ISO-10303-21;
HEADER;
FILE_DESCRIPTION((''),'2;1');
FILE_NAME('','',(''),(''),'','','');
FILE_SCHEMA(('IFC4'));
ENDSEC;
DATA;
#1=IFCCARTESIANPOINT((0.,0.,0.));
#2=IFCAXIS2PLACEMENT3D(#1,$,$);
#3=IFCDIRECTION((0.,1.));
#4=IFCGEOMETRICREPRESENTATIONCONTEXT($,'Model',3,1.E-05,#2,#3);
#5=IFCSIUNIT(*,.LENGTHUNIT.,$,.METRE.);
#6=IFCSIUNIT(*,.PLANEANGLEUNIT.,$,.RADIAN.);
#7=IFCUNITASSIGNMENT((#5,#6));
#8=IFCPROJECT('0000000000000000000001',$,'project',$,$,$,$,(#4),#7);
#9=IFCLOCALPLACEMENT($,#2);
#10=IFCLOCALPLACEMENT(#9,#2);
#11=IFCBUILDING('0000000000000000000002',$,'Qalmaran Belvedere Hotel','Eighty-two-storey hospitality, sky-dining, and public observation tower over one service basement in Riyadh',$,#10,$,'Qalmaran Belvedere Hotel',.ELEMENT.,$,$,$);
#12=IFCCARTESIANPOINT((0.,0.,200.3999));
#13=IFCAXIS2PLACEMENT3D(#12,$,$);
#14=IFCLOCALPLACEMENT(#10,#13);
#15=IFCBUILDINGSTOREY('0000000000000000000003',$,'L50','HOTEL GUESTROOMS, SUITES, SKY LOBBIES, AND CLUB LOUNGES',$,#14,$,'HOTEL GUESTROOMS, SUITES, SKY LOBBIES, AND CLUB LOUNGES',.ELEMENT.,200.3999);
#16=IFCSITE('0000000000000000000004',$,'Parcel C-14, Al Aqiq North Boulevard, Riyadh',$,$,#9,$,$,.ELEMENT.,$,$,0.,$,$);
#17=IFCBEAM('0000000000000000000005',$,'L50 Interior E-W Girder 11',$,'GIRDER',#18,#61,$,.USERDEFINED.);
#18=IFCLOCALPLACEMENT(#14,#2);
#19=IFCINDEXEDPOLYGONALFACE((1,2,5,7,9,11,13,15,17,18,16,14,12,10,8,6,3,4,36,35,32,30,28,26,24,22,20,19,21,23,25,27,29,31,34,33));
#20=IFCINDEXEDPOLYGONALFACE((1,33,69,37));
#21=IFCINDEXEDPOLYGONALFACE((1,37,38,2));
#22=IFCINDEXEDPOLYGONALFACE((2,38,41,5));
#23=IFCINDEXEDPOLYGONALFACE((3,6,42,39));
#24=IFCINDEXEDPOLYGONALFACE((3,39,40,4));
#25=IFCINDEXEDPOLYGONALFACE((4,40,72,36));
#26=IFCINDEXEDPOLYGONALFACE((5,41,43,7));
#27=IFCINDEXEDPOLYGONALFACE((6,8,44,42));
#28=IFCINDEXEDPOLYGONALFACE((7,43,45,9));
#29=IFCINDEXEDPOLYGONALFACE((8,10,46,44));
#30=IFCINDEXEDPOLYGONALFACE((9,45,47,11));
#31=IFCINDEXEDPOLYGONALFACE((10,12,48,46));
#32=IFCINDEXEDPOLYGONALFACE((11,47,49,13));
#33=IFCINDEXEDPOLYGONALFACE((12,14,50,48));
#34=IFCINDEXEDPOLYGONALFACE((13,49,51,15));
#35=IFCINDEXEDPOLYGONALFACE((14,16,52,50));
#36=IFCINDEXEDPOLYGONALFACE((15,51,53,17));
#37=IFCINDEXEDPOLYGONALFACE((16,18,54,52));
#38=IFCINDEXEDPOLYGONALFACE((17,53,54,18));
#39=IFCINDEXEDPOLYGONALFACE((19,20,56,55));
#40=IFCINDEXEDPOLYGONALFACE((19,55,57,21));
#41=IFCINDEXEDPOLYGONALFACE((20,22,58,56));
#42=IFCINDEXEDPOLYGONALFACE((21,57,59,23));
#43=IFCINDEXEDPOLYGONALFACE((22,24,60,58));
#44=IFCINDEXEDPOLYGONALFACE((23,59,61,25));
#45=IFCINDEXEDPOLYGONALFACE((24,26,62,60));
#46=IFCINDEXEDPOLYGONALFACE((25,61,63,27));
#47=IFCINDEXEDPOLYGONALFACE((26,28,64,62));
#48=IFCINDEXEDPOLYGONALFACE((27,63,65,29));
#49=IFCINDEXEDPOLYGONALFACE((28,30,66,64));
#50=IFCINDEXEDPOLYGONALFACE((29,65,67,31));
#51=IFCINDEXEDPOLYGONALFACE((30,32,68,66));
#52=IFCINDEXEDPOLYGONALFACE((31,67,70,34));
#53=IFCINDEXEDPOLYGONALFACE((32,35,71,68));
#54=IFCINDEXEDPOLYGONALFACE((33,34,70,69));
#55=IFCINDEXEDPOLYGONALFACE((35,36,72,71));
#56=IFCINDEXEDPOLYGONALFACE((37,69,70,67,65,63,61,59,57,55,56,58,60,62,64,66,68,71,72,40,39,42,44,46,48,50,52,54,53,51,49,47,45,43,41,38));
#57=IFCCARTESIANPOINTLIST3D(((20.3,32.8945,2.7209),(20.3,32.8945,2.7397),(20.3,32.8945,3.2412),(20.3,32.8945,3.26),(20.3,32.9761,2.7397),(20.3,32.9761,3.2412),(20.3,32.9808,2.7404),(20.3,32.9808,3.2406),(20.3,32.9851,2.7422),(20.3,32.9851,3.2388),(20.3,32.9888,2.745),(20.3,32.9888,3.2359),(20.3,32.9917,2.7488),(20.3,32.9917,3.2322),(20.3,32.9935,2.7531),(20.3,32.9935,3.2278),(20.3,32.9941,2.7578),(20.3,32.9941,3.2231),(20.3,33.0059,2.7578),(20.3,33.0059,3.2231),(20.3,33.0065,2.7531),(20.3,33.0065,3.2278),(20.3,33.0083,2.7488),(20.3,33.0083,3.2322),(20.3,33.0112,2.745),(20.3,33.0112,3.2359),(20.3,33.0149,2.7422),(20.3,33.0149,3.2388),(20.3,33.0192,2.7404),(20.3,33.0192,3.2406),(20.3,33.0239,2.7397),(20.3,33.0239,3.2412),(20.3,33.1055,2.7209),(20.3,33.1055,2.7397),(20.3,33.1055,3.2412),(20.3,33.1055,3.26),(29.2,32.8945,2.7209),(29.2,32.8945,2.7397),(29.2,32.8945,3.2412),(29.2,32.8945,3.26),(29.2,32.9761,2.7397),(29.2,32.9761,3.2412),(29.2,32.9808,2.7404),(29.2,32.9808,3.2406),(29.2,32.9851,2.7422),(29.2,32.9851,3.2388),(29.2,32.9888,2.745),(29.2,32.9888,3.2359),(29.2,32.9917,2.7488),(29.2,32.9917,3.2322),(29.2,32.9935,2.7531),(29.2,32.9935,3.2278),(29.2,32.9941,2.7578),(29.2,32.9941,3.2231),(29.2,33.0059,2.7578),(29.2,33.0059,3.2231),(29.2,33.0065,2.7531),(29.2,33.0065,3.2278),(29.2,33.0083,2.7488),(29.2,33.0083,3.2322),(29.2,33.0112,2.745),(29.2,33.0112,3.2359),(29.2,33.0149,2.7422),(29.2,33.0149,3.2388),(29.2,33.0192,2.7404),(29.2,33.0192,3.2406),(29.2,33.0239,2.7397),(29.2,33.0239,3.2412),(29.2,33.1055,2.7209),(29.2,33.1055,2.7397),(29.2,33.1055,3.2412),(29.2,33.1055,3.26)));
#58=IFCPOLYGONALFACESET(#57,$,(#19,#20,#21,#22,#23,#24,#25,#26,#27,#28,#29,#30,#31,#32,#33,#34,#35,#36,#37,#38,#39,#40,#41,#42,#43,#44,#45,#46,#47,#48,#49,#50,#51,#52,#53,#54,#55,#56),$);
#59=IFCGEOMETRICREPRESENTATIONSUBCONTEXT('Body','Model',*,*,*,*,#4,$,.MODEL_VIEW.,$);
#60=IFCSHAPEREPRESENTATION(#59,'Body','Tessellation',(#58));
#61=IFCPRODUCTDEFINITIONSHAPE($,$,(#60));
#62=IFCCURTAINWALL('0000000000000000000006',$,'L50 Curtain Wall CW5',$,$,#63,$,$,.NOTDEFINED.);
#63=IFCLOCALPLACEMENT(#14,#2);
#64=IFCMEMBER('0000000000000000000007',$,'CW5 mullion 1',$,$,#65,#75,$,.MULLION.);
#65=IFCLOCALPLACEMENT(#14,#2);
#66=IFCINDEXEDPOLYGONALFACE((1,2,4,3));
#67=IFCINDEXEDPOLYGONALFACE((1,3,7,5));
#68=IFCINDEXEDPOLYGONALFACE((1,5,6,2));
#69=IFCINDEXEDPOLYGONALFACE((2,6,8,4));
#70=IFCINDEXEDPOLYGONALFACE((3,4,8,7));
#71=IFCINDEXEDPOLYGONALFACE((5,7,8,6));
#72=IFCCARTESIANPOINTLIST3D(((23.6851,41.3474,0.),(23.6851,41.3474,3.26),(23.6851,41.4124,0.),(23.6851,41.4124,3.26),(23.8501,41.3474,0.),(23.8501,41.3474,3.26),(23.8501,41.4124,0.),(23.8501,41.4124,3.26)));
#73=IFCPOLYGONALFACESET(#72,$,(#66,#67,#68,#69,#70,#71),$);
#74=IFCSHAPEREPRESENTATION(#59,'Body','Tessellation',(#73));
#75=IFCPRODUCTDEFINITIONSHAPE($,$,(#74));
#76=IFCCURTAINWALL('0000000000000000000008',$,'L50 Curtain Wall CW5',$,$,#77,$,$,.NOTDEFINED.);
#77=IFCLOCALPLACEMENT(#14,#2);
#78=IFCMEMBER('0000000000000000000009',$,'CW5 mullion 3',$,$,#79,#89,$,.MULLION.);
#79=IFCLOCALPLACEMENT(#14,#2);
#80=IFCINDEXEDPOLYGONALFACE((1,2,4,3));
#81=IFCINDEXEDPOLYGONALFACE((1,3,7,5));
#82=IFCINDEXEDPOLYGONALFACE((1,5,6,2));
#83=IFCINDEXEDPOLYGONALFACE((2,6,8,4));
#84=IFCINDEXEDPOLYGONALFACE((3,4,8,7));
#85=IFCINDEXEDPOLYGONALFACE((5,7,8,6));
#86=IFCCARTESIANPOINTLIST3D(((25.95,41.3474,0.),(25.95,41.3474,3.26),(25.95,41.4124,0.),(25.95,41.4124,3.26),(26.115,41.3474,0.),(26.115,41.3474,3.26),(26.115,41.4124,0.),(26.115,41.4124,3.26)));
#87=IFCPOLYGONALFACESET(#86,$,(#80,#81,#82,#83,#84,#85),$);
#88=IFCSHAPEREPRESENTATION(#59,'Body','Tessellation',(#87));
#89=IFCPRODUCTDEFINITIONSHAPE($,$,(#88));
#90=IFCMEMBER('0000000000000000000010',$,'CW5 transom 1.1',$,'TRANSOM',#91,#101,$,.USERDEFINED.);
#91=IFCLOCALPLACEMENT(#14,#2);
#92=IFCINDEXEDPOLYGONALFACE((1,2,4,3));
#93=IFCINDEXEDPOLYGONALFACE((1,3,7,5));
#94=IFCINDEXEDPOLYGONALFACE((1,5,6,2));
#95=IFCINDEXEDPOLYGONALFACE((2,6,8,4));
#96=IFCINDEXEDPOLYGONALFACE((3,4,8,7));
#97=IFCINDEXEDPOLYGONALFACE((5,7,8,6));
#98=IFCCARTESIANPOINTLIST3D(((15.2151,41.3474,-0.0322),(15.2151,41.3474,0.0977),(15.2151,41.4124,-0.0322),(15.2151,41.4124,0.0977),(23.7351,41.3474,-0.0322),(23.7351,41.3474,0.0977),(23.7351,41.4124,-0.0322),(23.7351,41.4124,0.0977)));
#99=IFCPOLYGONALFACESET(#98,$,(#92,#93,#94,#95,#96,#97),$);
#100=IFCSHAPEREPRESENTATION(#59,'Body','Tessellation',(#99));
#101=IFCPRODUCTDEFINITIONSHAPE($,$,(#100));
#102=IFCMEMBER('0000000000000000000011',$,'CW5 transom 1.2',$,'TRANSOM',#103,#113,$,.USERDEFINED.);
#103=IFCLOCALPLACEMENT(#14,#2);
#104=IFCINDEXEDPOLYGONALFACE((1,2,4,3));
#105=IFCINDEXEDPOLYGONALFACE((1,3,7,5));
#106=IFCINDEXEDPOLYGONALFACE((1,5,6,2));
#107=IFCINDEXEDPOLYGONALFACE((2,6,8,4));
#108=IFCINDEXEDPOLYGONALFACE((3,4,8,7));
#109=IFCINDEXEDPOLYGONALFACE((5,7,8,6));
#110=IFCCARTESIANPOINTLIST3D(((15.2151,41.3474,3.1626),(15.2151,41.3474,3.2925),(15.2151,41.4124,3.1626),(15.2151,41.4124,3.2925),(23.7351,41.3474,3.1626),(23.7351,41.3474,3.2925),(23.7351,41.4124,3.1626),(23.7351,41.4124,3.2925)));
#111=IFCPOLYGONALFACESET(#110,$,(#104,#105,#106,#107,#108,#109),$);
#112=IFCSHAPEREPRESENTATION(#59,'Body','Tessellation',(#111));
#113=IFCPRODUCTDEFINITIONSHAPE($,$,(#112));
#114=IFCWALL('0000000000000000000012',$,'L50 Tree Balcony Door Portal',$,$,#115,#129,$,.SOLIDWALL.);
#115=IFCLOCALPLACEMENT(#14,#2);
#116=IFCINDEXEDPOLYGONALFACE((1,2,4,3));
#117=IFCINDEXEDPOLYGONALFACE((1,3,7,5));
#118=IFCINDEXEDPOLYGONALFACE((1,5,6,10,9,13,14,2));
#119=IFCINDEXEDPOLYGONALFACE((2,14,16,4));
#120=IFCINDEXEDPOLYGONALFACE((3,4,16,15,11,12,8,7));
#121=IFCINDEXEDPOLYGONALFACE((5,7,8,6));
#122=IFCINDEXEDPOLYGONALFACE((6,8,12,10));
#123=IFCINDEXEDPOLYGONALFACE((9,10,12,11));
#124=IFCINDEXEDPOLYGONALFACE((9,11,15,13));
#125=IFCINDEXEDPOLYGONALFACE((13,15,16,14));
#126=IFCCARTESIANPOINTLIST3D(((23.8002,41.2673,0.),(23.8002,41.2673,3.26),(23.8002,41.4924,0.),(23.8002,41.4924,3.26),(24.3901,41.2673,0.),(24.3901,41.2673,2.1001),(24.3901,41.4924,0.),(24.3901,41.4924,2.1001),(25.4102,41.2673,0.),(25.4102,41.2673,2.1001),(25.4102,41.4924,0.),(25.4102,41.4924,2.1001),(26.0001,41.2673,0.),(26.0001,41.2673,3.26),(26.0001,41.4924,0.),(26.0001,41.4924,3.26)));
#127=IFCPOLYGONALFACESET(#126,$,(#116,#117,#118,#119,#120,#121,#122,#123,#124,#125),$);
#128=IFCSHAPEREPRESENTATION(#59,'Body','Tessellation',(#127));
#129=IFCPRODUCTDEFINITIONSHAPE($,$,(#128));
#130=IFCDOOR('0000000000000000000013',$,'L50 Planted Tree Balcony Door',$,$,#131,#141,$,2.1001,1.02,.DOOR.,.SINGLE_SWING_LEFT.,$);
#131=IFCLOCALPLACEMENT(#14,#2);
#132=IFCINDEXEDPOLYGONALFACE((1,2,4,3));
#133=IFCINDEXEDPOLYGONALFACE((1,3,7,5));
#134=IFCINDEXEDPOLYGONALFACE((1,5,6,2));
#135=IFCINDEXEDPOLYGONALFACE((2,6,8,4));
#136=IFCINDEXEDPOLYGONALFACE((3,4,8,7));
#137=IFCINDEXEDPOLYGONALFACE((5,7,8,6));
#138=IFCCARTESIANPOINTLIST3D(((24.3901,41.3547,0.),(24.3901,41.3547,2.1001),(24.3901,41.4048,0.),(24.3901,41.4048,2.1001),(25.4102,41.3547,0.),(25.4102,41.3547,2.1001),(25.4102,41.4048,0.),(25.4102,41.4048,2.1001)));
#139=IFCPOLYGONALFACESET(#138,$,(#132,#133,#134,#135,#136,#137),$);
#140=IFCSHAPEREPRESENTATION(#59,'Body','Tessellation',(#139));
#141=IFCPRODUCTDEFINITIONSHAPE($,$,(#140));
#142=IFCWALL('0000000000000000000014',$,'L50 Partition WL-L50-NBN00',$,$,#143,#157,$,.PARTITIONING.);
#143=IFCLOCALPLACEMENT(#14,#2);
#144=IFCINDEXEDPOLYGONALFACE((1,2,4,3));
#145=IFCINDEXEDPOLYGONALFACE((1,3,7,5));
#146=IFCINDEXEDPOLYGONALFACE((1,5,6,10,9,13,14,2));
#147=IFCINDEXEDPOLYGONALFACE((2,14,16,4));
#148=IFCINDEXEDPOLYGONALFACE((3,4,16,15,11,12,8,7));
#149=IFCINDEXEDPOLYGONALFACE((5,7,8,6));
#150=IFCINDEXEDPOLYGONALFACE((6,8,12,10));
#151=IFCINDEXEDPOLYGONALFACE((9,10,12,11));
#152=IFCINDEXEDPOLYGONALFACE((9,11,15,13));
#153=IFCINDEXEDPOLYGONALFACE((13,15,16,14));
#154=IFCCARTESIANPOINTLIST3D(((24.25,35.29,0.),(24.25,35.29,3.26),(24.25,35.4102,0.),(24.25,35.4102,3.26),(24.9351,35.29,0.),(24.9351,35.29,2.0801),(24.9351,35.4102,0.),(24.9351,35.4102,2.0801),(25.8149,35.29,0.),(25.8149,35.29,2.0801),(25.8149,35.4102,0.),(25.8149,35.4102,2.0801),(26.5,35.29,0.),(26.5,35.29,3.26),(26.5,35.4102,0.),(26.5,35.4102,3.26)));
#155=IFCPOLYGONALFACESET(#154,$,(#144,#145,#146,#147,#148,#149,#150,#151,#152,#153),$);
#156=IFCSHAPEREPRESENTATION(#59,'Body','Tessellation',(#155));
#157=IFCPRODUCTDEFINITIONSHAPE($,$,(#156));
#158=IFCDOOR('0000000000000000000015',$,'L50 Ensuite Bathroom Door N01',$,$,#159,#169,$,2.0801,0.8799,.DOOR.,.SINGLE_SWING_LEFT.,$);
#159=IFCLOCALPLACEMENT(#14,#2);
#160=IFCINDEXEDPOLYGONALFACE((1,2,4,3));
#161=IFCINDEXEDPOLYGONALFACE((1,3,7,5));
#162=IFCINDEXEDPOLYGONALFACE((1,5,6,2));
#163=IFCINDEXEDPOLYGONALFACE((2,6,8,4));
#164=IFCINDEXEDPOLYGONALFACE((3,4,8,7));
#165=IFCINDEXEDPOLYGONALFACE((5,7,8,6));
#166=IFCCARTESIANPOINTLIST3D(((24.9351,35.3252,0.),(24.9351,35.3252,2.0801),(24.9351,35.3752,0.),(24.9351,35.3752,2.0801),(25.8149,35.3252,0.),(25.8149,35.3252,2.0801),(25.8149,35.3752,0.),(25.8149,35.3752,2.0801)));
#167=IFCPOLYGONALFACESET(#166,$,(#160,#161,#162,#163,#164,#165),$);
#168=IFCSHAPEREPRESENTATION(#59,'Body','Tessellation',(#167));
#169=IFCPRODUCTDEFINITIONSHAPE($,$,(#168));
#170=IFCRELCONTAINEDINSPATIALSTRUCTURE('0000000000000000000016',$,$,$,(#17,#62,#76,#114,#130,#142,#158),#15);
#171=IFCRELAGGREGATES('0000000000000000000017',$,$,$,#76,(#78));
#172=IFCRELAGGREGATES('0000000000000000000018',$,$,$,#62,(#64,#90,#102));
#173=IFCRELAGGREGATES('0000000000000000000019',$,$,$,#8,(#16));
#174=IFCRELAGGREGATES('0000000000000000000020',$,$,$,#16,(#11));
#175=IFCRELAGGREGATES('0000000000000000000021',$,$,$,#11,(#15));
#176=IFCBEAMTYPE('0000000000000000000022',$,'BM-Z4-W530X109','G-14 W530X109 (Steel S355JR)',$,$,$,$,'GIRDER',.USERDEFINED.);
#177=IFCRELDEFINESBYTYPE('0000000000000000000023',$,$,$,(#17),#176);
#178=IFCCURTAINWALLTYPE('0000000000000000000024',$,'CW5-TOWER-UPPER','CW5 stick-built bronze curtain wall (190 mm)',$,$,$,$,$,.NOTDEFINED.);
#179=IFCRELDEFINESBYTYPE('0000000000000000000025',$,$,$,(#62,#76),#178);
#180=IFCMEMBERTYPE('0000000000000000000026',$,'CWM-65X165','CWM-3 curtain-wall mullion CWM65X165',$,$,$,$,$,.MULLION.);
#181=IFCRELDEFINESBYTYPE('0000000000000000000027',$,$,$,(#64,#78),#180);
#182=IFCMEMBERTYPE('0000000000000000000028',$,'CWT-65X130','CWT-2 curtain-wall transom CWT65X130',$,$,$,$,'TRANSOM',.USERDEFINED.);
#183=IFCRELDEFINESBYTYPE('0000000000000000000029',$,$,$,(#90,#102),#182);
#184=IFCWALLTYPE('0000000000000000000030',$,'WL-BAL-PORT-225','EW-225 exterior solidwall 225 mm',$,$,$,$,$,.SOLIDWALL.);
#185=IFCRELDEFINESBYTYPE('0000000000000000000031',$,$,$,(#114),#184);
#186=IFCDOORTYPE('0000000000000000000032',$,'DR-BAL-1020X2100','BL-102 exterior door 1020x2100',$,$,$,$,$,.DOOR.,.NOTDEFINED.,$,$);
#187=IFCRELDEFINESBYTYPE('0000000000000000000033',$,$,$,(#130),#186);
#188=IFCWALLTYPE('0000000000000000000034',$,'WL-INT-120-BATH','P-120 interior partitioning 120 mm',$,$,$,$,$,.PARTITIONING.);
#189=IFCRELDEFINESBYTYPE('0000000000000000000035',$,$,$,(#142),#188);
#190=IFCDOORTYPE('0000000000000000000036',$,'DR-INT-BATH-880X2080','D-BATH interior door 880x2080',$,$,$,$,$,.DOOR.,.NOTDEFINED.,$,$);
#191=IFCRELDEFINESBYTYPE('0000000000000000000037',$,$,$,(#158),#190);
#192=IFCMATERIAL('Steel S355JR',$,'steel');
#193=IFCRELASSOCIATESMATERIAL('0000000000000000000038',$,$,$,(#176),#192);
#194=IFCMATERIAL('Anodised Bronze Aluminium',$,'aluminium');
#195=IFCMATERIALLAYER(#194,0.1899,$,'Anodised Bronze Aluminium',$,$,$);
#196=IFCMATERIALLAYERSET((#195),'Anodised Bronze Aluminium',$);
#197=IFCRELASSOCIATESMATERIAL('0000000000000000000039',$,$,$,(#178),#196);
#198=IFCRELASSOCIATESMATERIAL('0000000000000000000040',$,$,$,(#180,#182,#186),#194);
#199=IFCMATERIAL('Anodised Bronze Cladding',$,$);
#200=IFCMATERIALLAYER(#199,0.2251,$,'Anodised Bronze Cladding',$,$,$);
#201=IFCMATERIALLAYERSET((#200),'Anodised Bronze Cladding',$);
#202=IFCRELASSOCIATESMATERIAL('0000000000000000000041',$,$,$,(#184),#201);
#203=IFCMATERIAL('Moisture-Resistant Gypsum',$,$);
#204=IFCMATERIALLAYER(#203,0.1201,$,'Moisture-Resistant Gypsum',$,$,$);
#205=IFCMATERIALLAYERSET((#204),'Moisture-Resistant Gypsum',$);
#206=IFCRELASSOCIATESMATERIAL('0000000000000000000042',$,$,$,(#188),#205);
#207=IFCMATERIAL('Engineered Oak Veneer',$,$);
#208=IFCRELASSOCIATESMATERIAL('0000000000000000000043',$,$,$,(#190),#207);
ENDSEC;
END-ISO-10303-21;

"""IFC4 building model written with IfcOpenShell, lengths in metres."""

from ifc_helpers import new_model, si_unit, direction, frame, frame_2d, origin, origin_2d, place, context, subcontext, project, spatial, rectangle, i_section, extrude, material, layer, layer_set, material_profile, profile_set, type_object, element, fill, aggregate, save


model = new_model("IFC4")

# Units and contexts
model_context = context("Model", 3, precision=1e-05, world=origin(), true_north=direction((0.0, 1.0)))
body_context = subcontext(model_context, "Body", "Model", "MODEL_VIEW")
ifc_project = project(units=[si_unit("LENGTHUNIT", "METRE"), si_unit("PLANEANGLEUNIT", "RADIAN")], contexts=[model_context])

# Site, building, storey
site_placement = place(None, origin())
site = spatial("IfcSite", under=ifc_project, at=site_placement, Name="Parcel C-14, Al Aqiq North Boulevard, Riyadh", CompositionType="ELEMENT", RefElevation=0.0)
building_placement = place(site_placement, origin())
building = spatial("IfcBuilding", under=site, at=building_placement, Name="Qalmaran Belvedere Hotel", Description="Eighty-two-storey hospitality, sky-dining, and public observation tower over one service basement in Riyadh", LongName="Qalmaran Belvedere Hotel", CompositionType="ELEMENT")
storey_placement = place(building_placement, frame((0.0, 0.0, 200.3999)))
storey = spatial("IfcBuildingStorey", under=building, at=storey_placement, Name="L50", Description="HOTEL GUESTROOMS, SUITES, SKY LOBBIES, AND CLUB LOUNGES", LongName="HOTEL GUESTROOMS, SUITES, SKY LOBBIES, AND CLUB LOUNGES", CompositionType="ELEMENT", Elevation=200.3999)

# Beam
ifc_material_1 = material(Name="Steel S355JR", Category="steel")
ifc_material_profile_1 = material_profile(ifc_material_1, i_section(OverallWidth=0.2109, OverallDepth=0.5391, WebThickness=0.0117, FlangeThickness=0.0188, FilletRadius=0.0181, at=origin_2d()), Name="W530X109")
ifc_profile_set_1 = profile_set([ifc_material_profile_1], Name="Steel S355JR")
beam_type_1 = type_object("IfcBeamType", Name="BM-Z4-W530X109", Description="G-14 W530X109 (Steel S355JR)", ElementType="GIRDER", PredefinedType="USERDEFINED", material=ifc_profile_set_1)
beam_1_placement = place(storey_placement, frame((20.3, 33.0, 2.9905), z_axis=(1.0, 0.0, 0.0), x_axis=(0.0, 1.0, 0.0)))
element("IfcBeam", 1, at=beam_1_placement, inside=storey, type_object=beam_type_1, Name="L50 Interior E-W Girder 11", ObjectType="GIRDER", PredefinedType="USERDEFINED", context=body_context, shape_type="SweptSolid", body=[
    extrude(i_section(OverallWidth=0.2109, OverallDepth=0.5391, WebThickness=0.0117, FlangeThickness=0.0188, FilletRadius=0.0181, at=origin_2d()), origin(), (0.0, 0.0, 1.0), 8.8999),
])

# Curtain walls, members
ifc_material_2 = material(Name="Anodised Bronze Aluminium", Category="aluminium")
ifc_layer_1 = layer(ifc_material_2, 0.1899, Name="Anodised Bronze Aluminium")
ifc_layer_set_1 = layer_set([ifc_layer_1], Name="Anodised Bronze Aluminium")
curtain_wall_type = type_object("IfcCurtainWallType", Name="CW5-TOWER-UPPER", Description="CW5 stick-built bronze curtain wall (190 mm)", PredefinedType="NOTDEFINED", material=ifc_layer_set_1)
curtain_wall_1_placement = place(storey_placement, origin())
curtain_wall_1 = element("IfcCurtainWall", 2, at=curtain_wall_1_placement, inside=storey, type_object=curtain_wall_type, Name="L50 Curtain Wall CW5", PredefinedType="NOTDEFINED")
ifc_material_profile_2 = material_profile(ifc_material_2, rectangle(XDim=0.0649, YDim=0.165, at=origin_2d()), Name="CWM65X165")
ifc_profile_set_2 = profile_set([ifc_material_profile_2], Name="Anodised Bronze Aluminium")
member_type_1 = type_object("IfcMemberType", Name="CWM-65X165", Description="CWM-3 curtain-wall mullion CWM65X165", PredefinedType="MULLION", material=ifc_profile_set_2)
member_1_placement = place(storey_placement, frame((23.7676, 41.3799, 0.0), z_axis=(0.0, 0.0, 1.0), x_axis=(0.0, -1.0, 0.0)))
member_1 = element("IfcMember", 3, at=member_1_placement, type_object=member_type_1, Name="CW5 mullion 1", PredefinedType="MULLION", context=body_context, shape_type="SweptSolid", body=[
    extrude(rectangle(XDim=0.0649, YDim=0.165, at=origin_2d()), origin(), (0.0, 0.0, 1.0), 3.26),
])
curtain_wall_2_placement = place(storey_placement, origin())
curtain_wall_2 = element("IfcCurtainWall", 4, at=curtain_wall_2_placement, inside=storey, type_object=curtain_wall_type, Name="L50 Curtain Wall CW5", PredefinedType="NOTDEFINED")
member_2_placement = place(storey_placement, frame((26.0325, 41.3799, 0.0), z_axis=(0.0, 0.0, 1.0), x_axis=(0.0, -1.0, 0.0)))
member_2 = element("IfcMember", 5, at=member_2_placement, type_object=member_type_1, Name="CW5 mullion 3", PredefinedType="MULLION", context=body_context, shape_type="SweptSolid", body=[
    extrude(rectangle(XDim=0.0649, YDim=0.165, at=origin_2d()), origin(), (0.0, 0.0, 1.0), 3.26),
])
aggregate(curtain_wall_2, [member_2])

# Members
ifc_material_profile_3 = material_profile(ifc_material_2, rectangle(XDim=0.0649, YDim=0.1299, at=origin_2d()), Name="CWT65X130")
ifc_profile_set_3 = profile_set([ifc_material_profile_3], Name="Anodised Bronze Aluminium")
member_type_2 = type_object("IfcMemberType", Name="CWT-65X130", Description="CWT-2 curtain-wall transom CWT65X130", ElementType="TRANSOM", PredefinedType="USERDEFINED", material=ifc_profile_set_3)
member_3_placement = place(storey_placement, frame((23.7351, 41.3799, 0.0327), z_axis=(-1.0, 0.0, 0.0), x_axis=(0.0, -1.0, 0.0)))
member_3 = element("IfcMember", 6, at=member_3_placement, type_object=member_type_2, Name="CW5 transom 1.1", ObjectType="TRANSOM", PredefinedType="USERDEFINED", context=body_context, shape_type="SweptSolid", body=[
    extrude(rectangle(XDim=0.0649, YDim=0.1299, at=origin_2d()), origin(), (0.0, 0.0, 1.0), 8.52),
])
member_4_placement = place(storey_placement, frame((23.7351, 41.3799, 3.2275), z_axis=(-1.0, 0.0, 0.0), x_axis=(0.0, -1.0, 0.0)))
member_4 = element("IfcMember", 7, at=member_4_placement, type_object=member_type_2, Name="CW5 transom 1.2", ObjectType="TRANSOM", PredefinedType="USERDEFINED", context=body_context, shape_type="SweptSolid", body=[
    extrude(rectangle(XDim=0.0649, YDim=0.1299, at=origin_2d()), origin(), (0.0, 0.0, 1.0), 8.52),
])
aggregate(curtain_wall_1, [member_1, member_3, member_4])

# Walls, openings, doors
ifc_material_3 = material(Name="Anodised Bronze Cladding")
ifc_layer_2 = layer(ifc_material_3, 0.2251, Name="Anodised Bronze Cladding")
ifc_layer_set_2 = layer_set([ifc_layer_2], Name="Anodised Bronze Cladding")
wall_type_1 = type_object("IfcWallType", Name="WL-BAL-PORT-225", Description="EW-225 exterior solidwall 225 mm", PredefinedType="SOLIDWALL", material=ifc_layer_set_2)
wall_1_placement = place(storey_placement, frame((23.8, 41.3799, 0.0), z_axis=(0.0, 0.0, 1.0), x_axis=(1.0, 0.0, 0.0)))
wall_1 = element("IfcWall", 8, at=wall_1_placement, inside=storey, type_object=wall_type_1, Name="L50 Tree Balcony Door Portal", PredefinedType="SOLIDWALL", context=body_context, shape_type="SweptSolid", body=[
    extrude(rectangle(XDim=2.2, YDim=0.2251, at=frame_2d((1.1001, 0.0))), origin(), (0.0, 0.0, 1.0), 3.26),
])
opening_1_placement = place(wall_1_placement, frame((0.5901, 0.0, 0.0)))
opening_1 = element("IfcOpeningElement", 9, at=opening_1_placement, cuts=wall_1, PredefinedType="OPENING", context=body_context, shape_type="SweptSolid", body=[
    extrude(rectangle(XDim=1.02, YDim=2.1001, at=frame_2d((0.51, 1.05))), frame((0.0, 0.1226, 0.0), z_axis=(0.0, -1.0, 0.0), x_axis=(1.0, 0.0, 0.0)), (0.0, 0.0, 1.0), 0.2451),
])
door_type_1 = type_object("IfcDoorType", Name="DR-BAL-1020X2100", Description="BL-102 exterior door 1020x2100", OperationType="NOTDEFINED", PredefinedType="DOOR", material=ifc_material_2)
door_1_placement = place(opening_1_placement, origin())
door_1 = element("IfcDoor", 10, at=door_1_placement, inside=storey, type_object=door_type_1, Name="L50 Planted Tree Balcony Door", OperationType="SINGLE_SWING_LEFT", OverallHeight=2.1001, OverallWidth=1.02, PredefinedType="DOOR", context=body_context, shape_type="SweptSolid", body=[
    extrude(rectangle(XDim=1.02, YDim=2.1001, at=frame_2d((0.51, 1.05))), frame((0.0, 0.0249, 0.0), z_axis=(0.0, -1.0, 0.0), x_axis=(1.0, 0.0, 0.0)), (0.0, 0.0, 1.0), 0.05),
])
fill(opening_1, door_1)
ifc_material_4 = material(Name="Moisture-Resistant Gypsum")
ifc_layer_3 = layer(ifc_material_4, 0.1201, Name="Moisture-Resistant Gypsum")
ifc_layer_set_3 = layer_set([ifc_layer_3], Name="Moisture-Resistant Gypsum")
wall_type_2 = type_object("IfcWallType", Name="WL-INT-120-BATH", Description="P-120 interior partitioning 120 mm", PredefinedType="PARTITIONING", material=ifc_layer_set_3)
wall_2_placement = place(storey_placement, frame((24.25, 35.3501, 0.0), z_axis=(0.0, 0.0, 1.0), x_axis=(1.0, 0.0, 0.0)))
wall_2 = element("IfcWall", 11, at=wall_2_placement, inside=storey, type_object=wall_type_2, Name="L50 Partition WL-L50-NBN00", PredefinedType="PARTITIONING", context=body_context, shape_type="SweptSolid", body=[
    extrude(rectangle(XDim=2.25, YDim=0.1201, at=frame_2d((1.125, 0.0))), origin(), (0.0, 0.0, 1.0), 3.26),
])
opening_2_placement = place(wall_2_placement, frame((1.5649, 0.0, 0.0), z_axis=(0.0, 0.0, 1.0), x_axis=(-1.0, 0.0, 0.0)))
opening_2 = element("IfcOpeningElement", 12, at=opening_2_placement, cuts=wall_2, PredefinedType="OPENING", context=body_context, shape_type="SweptSolid", body=[
    extrude(rectangle(XDim=0.8799, YDim=2.0801, at=frame_2d((0.4399, 1.04))), frame((0.0, 0.0701, 0.0), z_axis=(0.0, -1.0, 0.0), x_axis=(1.0, 0.0, 0.0)), (0.0, 0.0, 1.0), 0.1401),
])
ifc_material_5 = material(Name="Engineered Oak Veneer")
door_type_2 = type_object("IfcDoorType", Name="DR-INT-BATH-880X2080", Description="D-BATH interior door 880x2080", OperationType="NOTDEFINED", PredefinedType="DOOR", material=ifc_material_5)
door_2_placement = place(opening_2_placement, origin())
door_2 = element("IfcDoor", 13, at=door_2_placement, inside=storey, type_object=door_type_2, Name="L50 Ensuite Bathroom Door N01", OperationType="SINGLE_SWING_LEFT", OverallHeight=2.0801, OverallWidth=0.8799, PredefinedType="DOOR", context=body_context, shape_type="SweptSolid", body=[
    extrude(rectangle(XDim=0.8799, YDim=2.0801, at=frame_2d((0.4399, 1.04))), frame((0.0, 0.0249, 0.0), z_axis=(0.0, -1.0, 0.0), x_axis=(1.0, 0.0, 0.0)), (0.0, 0.0, 1.0), 0.05),
])
fill(opening_2, door_2)

save(model, "model.ifc")
